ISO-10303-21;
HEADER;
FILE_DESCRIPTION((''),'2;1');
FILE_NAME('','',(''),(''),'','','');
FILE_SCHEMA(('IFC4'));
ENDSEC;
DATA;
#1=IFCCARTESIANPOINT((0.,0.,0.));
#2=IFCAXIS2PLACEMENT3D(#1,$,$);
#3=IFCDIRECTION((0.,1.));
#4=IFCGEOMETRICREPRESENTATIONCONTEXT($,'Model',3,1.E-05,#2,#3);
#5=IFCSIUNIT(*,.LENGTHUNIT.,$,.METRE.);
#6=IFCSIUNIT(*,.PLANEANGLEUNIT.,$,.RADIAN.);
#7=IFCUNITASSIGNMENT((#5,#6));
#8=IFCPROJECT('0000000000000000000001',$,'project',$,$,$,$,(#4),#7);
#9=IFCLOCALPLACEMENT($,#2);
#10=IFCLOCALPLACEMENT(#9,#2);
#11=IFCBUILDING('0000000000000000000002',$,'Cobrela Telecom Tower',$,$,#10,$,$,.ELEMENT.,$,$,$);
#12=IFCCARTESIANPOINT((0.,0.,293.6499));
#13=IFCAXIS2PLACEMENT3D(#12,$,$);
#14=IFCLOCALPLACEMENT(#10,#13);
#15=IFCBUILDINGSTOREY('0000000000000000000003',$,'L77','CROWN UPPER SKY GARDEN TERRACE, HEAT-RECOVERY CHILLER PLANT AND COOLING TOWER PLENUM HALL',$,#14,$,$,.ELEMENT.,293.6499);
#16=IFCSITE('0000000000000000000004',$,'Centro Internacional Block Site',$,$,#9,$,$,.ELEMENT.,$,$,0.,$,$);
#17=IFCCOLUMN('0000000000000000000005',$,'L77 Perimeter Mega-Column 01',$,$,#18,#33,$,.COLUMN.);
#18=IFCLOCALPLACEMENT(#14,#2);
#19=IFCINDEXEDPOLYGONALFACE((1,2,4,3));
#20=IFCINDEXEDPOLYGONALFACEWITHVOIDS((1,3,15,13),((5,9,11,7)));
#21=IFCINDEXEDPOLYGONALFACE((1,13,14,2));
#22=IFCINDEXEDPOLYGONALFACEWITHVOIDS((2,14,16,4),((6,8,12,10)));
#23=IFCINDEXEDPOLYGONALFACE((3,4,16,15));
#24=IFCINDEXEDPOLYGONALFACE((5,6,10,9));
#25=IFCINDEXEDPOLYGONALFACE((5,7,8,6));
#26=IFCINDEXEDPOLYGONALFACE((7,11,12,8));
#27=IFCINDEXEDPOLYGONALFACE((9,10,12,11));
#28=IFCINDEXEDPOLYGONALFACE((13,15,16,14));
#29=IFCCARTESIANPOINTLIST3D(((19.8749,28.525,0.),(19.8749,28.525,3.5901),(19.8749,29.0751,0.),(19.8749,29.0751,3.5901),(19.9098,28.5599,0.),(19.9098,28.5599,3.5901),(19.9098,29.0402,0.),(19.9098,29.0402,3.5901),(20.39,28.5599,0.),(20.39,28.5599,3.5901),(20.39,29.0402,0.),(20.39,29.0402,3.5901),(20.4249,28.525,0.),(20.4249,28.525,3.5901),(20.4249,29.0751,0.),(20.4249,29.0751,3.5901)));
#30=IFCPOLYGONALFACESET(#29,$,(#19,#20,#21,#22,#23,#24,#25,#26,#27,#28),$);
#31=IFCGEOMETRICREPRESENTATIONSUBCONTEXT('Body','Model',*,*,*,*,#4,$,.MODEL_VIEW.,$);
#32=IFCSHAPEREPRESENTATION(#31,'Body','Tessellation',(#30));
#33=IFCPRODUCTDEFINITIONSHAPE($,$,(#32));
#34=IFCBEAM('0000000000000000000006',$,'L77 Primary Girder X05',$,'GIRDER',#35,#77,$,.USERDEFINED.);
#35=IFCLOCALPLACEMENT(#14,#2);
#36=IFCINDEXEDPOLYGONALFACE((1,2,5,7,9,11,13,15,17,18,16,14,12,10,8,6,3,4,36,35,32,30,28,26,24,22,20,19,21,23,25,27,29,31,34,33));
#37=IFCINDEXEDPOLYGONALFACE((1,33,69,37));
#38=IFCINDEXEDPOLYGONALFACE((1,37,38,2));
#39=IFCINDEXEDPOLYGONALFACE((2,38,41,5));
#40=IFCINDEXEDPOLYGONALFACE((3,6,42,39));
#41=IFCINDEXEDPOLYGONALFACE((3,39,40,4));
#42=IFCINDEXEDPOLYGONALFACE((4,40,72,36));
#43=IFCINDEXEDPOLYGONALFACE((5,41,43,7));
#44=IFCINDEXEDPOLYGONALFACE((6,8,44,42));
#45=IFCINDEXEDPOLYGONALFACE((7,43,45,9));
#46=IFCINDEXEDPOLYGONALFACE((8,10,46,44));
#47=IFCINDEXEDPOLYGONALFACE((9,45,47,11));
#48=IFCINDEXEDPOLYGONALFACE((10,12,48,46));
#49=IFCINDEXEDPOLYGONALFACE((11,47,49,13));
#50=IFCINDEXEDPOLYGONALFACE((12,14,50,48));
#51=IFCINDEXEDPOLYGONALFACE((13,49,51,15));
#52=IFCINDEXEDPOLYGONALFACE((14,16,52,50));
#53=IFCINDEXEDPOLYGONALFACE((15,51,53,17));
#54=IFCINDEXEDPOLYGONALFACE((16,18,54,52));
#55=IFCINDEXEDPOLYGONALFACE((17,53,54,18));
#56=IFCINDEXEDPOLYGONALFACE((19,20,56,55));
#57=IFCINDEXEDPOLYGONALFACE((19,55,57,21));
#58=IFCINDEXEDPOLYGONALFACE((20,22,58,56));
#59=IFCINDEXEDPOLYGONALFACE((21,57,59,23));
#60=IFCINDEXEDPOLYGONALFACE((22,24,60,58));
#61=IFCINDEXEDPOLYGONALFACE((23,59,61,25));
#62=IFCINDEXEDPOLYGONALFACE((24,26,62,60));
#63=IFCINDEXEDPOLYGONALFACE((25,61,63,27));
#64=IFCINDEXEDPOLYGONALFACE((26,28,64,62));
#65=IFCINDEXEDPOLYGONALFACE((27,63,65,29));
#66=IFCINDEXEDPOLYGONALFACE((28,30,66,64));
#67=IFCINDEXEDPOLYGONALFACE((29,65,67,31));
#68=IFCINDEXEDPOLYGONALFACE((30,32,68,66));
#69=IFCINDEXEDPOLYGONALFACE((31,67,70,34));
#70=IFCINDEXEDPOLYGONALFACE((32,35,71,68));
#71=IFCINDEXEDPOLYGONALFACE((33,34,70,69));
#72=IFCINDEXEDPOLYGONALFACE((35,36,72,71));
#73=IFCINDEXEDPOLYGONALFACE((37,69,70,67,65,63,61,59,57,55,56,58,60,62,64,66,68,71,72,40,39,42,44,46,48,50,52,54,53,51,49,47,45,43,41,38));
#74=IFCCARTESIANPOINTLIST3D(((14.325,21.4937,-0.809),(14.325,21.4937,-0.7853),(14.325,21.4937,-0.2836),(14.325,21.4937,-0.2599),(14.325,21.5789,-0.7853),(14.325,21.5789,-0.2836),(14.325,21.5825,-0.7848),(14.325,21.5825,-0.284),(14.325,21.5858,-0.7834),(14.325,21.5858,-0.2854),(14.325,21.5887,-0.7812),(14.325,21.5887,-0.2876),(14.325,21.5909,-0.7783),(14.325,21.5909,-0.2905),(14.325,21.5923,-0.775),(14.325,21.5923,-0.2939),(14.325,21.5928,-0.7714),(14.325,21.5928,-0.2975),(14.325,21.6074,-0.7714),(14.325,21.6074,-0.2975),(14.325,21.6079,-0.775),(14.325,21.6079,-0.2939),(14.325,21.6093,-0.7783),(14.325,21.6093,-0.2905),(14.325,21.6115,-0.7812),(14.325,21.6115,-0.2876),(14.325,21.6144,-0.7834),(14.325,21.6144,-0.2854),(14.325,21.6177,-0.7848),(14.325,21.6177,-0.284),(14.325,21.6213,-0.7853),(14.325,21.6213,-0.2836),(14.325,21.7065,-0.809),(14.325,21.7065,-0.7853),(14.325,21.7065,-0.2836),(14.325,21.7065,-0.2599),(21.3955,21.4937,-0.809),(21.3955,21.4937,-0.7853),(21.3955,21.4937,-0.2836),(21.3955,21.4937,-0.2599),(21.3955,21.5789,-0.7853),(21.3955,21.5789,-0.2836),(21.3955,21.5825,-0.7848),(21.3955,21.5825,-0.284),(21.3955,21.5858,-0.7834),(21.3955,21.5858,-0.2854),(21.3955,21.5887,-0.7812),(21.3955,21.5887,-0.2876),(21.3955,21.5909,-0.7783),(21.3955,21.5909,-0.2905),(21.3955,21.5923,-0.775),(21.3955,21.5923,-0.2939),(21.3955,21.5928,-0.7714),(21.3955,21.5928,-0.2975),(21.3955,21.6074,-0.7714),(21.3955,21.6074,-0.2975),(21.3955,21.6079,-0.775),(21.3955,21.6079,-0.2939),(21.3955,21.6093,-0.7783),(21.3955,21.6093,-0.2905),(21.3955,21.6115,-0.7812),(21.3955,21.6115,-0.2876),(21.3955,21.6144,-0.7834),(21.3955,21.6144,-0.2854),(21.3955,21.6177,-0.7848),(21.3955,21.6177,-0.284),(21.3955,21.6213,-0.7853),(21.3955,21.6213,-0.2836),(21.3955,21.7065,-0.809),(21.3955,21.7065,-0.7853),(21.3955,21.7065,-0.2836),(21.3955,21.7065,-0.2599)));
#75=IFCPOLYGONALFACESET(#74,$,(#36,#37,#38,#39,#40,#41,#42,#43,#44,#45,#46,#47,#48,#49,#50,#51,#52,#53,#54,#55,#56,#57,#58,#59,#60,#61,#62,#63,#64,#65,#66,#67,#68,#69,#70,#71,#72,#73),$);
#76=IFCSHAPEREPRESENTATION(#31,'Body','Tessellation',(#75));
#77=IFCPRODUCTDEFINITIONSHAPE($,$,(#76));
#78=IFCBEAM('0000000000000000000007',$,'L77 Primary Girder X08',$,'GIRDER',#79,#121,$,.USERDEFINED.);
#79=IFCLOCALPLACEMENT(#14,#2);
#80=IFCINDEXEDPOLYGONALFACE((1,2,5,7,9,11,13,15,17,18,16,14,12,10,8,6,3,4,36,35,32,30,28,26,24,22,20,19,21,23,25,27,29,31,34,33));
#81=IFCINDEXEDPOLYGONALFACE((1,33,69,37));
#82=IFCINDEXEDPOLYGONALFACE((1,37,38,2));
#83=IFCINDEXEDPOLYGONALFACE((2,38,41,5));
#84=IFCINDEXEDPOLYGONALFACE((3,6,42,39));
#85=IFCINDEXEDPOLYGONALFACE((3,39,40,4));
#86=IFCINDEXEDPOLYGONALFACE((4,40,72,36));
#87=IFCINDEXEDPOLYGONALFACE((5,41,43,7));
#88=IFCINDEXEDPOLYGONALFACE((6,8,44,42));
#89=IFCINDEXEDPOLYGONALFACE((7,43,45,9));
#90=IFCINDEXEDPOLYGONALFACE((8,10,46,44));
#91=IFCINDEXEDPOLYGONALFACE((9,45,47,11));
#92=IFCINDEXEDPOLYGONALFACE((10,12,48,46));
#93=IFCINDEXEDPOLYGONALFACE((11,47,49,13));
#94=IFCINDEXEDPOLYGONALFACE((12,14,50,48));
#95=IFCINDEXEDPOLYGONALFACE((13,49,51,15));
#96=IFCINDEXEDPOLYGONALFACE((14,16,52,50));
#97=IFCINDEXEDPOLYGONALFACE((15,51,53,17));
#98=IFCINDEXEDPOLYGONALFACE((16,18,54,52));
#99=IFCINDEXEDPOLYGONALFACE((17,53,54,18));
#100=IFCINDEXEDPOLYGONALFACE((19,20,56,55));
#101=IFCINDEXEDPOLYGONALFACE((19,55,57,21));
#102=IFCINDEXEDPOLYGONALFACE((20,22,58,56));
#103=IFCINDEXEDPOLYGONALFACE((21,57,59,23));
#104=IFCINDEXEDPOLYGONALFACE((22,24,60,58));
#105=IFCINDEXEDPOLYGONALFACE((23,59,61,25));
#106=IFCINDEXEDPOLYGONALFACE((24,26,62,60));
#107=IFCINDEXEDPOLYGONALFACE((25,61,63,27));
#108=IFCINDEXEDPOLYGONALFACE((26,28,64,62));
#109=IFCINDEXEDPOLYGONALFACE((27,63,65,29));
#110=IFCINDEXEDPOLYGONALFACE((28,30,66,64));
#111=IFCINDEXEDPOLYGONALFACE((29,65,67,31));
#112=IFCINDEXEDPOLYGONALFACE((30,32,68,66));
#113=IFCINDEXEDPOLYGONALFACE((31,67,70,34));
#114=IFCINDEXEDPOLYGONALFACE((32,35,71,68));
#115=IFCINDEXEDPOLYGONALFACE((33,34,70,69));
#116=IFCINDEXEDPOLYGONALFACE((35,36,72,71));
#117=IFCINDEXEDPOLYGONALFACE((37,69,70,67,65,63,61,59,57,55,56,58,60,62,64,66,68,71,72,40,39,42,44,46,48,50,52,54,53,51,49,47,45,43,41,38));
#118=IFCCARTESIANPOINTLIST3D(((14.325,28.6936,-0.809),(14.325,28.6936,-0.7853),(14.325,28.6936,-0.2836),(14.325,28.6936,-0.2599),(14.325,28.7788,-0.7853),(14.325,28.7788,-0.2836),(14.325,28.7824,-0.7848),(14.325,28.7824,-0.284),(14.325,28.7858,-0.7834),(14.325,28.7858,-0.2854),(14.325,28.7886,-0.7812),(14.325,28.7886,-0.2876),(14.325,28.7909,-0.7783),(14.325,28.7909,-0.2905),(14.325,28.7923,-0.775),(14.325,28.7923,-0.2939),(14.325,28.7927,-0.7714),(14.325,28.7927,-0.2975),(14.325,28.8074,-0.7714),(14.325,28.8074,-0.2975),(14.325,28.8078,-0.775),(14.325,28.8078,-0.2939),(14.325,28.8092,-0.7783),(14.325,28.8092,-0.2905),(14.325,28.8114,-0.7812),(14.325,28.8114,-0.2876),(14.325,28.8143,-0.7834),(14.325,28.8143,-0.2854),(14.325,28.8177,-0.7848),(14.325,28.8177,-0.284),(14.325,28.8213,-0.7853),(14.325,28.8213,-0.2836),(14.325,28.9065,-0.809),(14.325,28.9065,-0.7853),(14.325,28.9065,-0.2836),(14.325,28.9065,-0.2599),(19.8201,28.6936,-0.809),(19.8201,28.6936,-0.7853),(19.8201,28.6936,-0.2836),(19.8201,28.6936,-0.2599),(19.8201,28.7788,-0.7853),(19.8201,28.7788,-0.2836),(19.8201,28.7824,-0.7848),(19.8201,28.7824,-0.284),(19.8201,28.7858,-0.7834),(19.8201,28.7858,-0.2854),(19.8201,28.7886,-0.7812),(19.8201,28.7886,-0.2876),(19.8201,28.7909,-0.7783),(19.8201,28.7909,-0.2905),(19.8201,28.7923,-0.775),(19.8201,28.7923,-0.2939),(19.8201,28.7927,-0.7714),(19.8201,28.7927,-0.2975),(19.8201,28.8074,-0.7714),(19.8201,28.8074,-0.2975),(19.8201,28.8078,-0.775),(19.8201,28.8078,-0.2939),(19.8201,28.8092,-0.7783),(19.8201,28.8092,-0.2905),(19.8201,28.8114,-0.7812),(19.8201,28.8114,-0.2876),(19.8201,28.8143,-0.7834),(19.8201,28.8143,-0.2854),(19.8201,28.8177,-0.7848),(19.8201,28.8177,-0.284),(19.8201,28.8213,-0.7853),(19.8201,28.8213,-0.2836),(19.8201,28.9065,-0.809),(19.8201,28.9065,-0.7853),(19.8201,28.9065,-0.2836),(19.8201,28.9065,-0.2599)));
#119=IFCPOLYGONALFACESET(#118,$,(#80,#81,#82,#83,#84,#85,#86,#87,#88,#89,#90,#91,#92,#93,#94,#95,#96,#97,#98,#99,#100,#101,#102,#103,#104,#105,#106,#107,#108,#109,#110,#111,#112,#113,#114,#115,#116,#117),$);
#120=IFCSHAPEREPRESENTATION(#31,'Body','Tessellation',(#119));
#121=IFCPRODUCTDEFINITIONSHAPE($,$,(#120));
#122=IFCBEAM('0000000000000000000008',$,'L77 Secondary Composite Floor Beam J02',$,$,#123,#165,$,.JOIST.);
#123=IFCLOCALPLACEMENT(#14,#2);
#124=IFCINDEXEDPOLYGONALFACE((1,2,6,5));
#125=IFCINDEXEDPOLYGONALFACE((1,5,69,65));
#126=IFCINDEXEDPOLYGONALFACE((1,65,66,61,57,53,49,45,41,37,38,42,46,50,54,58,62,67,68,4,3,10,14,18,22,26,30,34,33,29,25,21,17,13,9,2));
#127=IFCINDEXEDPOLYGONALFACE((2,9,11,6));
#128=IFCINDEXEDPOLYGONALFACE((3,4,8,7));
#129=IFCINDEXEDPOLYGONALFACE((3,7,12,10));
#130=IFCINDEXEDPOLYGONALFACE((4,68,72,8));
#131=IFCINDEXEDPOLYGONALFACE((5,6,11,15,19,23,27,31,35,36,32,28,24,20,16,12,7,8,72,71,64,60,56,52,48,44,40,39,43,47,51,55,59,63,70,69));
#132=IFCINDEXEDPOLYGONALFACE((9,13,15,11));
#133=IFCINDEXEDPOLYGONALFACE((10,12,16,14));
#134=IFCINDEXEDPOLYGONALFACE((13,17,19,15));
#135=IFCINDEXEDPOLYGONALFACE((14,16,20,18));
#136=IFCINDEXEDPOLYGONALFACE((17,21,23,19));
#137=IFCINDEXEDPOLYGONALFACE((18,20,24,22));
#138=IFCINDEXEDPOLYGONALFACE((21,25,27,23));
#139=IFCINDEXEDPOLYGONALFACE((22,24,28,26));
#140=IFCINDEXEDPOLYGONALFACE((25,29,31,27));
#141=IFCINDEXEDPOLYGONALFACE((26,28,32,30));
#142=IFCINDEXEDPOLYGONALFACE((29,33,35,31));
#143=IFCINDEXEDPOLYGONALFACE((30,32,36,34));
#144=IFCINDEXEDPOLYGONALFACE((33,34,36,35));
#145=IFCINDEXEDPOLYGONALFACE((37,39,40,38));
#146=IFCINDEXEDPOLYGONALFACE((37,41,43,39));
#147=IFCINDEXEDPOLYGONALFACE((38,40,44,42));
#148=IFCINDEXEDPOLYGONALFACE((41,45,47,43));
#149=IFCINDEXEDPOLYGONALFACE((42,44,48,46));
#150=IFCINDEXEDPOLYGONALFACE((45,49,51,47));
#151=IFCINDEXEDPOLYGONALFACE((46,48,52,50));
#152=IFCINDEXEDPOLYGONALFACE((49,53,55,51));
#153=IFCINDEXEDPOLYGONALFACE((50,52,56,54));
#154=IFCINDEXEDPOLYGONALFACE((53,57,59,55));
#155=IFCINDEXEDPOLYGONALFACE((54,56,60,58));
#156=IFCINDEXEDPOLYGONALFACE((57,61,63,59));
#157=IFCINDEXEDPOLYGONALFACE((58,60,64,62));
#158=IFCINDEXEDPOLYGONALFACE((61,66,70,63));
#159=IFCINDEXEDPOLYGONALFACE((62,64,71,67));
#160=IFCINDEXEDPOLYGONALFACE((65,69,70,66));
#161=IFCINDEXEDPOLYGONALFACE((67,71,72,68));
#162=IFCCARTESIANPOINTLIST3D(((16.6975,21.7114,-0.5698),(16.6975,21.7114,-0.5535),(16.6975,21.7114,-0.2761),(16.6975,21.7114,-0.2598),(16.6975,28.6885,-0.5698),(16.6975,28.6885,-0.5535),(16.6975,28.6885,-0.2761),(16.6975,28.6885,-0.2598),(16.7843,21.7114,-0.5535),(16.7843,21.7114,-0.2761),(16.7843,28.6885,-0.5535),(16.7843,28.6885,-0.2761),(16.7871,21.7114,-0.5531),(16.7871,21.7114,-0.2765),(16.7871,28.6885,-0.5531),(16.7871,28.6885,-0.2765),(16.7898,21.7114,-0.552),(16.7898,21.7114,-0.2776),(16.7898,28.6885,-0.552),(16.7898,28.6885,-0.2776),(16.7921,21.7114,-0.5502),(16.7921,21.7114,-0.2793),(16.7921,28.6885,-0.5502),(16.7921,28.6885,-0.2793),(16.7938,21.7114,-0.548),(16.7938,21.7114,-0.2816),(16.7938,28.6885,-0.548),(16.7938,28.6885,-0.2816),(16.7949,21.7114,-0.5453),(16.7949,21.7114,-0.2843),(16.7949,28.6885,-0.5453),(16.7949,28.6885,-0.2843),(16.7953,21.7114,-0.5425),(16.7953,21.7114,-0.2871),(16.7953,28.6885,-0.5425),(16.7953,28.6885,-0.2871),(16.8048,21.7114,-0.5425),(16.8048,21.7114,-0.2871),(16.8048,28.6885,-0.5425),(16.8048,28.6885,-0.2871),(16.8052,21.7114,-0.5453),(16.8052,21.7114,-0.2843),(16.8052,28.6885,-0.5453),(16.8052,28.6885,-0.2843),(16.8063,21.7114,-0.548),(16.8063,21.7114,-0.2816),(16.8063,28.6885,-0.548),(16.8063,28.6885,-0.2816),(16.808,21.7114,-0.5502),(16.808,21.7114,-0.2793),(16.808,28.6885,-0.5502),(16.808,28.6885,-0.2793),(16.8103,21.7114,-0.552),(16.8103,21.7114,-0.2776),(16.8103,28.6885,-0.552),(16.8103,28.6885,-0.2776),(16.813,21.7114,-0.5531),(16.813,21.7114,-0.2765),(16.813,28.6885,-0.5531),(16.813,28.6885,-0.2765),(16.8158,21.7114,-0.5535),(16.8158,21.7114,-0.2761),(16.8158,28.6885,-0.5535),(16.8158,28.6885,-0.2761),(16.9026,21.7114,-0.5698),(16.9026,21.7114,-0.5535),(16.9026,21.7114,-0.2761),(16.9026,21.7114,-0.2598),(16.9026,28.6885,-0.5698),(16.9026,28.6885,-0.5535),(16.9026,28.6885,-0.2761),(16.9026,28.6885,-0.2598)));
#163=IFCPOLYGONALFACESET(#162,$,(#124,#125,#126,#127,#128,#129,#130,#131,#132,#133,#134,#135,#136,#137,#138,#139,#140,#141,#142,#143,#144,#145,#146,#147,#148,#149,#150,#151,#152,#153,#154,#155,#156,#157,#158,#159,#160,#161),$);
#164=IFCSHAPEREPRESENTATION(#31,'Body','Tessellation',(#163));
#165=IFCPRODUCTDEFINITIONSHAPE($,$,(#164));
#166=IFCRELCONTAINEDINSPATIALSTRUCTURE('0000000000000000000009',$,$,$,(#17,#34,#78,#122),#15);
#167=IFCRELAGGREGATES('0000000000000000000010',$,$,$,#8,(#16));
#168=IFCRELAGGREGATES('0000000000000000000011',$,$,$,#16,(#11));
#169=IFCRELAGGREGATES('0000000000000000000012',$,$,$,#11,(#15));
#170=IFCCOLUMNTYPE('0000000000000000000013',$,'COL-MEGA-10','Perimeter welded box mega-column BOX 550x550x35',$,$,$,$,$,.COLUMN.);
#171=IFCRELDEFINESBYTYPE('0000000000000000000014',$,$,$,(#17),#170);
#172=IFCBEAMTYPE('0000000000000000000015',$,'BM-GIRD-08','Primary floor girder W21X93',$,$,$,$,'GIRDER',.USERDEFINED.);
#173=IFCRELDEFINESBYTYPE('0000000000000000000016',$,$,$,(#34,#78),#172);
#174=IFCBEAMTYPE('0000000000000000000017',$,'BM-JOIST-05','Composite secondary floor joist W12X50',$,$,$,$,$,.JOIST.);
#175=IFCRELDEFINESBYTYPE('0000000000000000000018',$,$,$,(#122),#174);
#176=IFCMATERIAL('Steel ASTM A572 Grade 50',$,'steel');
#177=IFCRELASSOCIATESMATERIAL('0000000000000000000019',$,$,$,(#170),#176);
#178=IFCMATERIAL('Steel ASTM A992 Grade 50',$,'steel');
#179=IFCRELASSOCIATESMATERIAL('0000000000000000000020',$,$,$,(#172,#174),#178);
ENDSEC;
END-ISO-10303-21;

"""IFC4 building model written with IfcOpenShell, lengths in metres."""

from ifc_helpers import new_model, si_unit, direction, frame, origin, origin_2d, place, context, subcontext, project, spatial, hollow_rectangle, i_section, extrude, material, material_profile, profile_set, type_object, element, save


model = new_model("IFC4")

# Units and contexts
model_context = context("Model", 3, precision=1e-05, world=origin(), true_north=direction((0.0, 1.0)))
body_context = subcontext(model_context, "Body", "Model", "MODEL_VIEW")
ifc_project = project(units=[si_unit("LENGTHUNIT", "METRE"), si_unit("PLANEANGLEUNIT", "RADIAN")], contexts=[model_context])

# Site, building, storey
site_placement = place(None, origin())
site = spatial("IfcSite", under=ifc_project, at=site_placement, Name="Centro Internacional Block Site", CompositionType="ELEMENT", RefElevation=0.0)
building_placement = place(site_placement, origin())
building = spatial("IfcBuilding", under=site, at=building_placement, Name="Cobrela Telecom Tower", CompositionType="ELEMENT")
storey_placement = place(building_placement, frame((0.0, 0.0, 293.6499)))
storey = spatial("IfcBuildingStorey", under=building, at=storey_placement, Name="L77", Description="CROWN UPPER SKY GARDEN TERRACE, HEAT-RECOVERY CHILLER PLANT AND COOLING TOWER PLENUM HALL", CompositionType="ELEMENT", Elevation=293.6499)

# Column
ifc_material_1 = material(Name="Steel ASTM A572 Grade 50", Category="steel")
ifc_material_profile_1 = material_profile(ifc_material_1, hollow_rectangle(XDim=0.55, YDim=0.55, WallThickness=0.0349, at=origin_2d()), Name="BOX 550x550x35")
ifc_profile_set_1 = profile_set([ifc_material_profile_1], Name="Steel ASTM A572 Grade 50")
column_type = type_object("IfcColumnType", Name="COL-MEGA-10", Description="Perimeter welded box mega-column BOX 550x550x35", PredefinedType="COLUMN", material=ifc_profile_set_1)
column_placement = place(storey_placement, frame((20.1499, 28.8, 0.0), z_axis=(0.0, 0.0, 1.0), x_axis=(1.0, 0.0, 0.0)))
element("IfcColumn", 1, at=column_placement, inside=storey, type_object=column_type, Name="L77 Perimeter Mega-Column 01", PredefinedType="COLUMN", context=body_context, shape_type="SweptSolid", body=[
    extrude(hollow_rectangle(XDim=0.55, YDim=0.55, WallThickness=0.0349, at=origin_2d()), origin(), (0.0, 0.0, 1.0), 3.5901),
])

# Beams
ifc_material_2 = material(Name="Steel ASTM A992 Grade 50", Category="steel")
ifc_material_profile_2 = material_profile(ifc_material_2, i_section(OverallWidth=0.2129, OverallDepth=0.5491, WebThickness=0.0146, FlangeThickness=0.0237, FilletRadius=0.0139, at=origin_2d()), Name="W21X93")
ifc_profile_set_2 = profile_set([ifc_material_profile_2], Name="Steel ASTM A992 Grade 50")
beam_type_1 = type_object("IfcBeamType", Name="BM-GIRD-08", Description="Primary floor girder W21X93", ElementType="GIRDER", PredefinedType="USERDEFINED", material=ifc_profile_set_2)
beam_1_placement = place(storey_placement, frame((14.325, 21.6001, -0.5344), z_axis=(1.0, 0.0, 0.0), x_axis=(0.0, 1.0, 0.0)))
element("IfcBeam", 2, at=beam_1_placement, inside=storey, type_object=beam_type_1, Name="L77 Primary Girder X05", ObjectType="GIRDER", PredefinedType="USERDEFINED", context=body_context, shape_type="SweptSolid", body=[
    extrude(i_section(OverallWidth=0.2129, OverallDepth=0.5491, WebThickness=0.0146, FlangeThickness=0.0237, FilletRadius=0.0139, at=origin_2d()), origin(), (0.0, 0.0, 1.0), 7.0706),
])
beam_2_placement = place(storey_placement, frame((14.325, 28.8, -0.5344), z_axis=(1.0, 0.0, 0.0), x_axis=(0.0, 1.0, 0.0)))
element("IfcBeam", 3, at=beam_2_placement, inside=storey, type_object=beam_type_1, Name="L77 Primary Girder X08", ObjectType="GIRDER", PredefinedType="USERDEFINED", context=body_context, shape_type="SweptSolid", body=[
    extrude(i_section(OverallWidth=0.2129, OverallDepth=0.5491, WebThickness=0.0146, FlangeThickness=0.0237, FilletRadius=0.0139, at=origin_2d()), origin(), (0.0, 0.0, 1.0), 5.4951),
])
ifc_material_profile_3 = material_profile(ifc_material_2, i_section(OverallWidth=0.2051, OverallDepth=0.3101, WebThickness=0.0095, FlangeThickness=0.0164, FilletRadius=0.011, at=origin_2d()), Name="W12X50")
ifc_profile_set_3 = profile_set([ifc_material_profile_3], Name="Steel ASTM A992 Grade 50")
beam_type_2 = type_object("IfcBeamType", Name="BM-JOIST-05", Description="Composite secondary floor joist W12X50", PredefinedType="JOIST", material=ifc_profile_set_3)
for number, where, z_axis, x_axis, name in (
    (4, (16.8, 21.7114, -0.4148), (0.0, 1.0, 0.0), (-1.0, 0.0, 0.0), "L77 Secondary Composite Floor Beam J02"),
):
    element("IfcBeam", number, at=place(storey_placement, frame(where, z_axis=z_axis, x_axis=x_axis)), inside=storey, type_object=beam_type_2, Name=name, PredefinedType="JOIST", context=body_context, shape_type="SweptSolid", body=[
        extrude(i_section(OverallWidth=0.2051, OverallDepth=0.3101, WebThickness=0.0095, FlangeThickness=0.0164, FilletRadius=0.011, at=origin_2d()), origin(), (0.0, 0.0, 1.0), 6.9771),
    ])

save(model, "model.ifc")
